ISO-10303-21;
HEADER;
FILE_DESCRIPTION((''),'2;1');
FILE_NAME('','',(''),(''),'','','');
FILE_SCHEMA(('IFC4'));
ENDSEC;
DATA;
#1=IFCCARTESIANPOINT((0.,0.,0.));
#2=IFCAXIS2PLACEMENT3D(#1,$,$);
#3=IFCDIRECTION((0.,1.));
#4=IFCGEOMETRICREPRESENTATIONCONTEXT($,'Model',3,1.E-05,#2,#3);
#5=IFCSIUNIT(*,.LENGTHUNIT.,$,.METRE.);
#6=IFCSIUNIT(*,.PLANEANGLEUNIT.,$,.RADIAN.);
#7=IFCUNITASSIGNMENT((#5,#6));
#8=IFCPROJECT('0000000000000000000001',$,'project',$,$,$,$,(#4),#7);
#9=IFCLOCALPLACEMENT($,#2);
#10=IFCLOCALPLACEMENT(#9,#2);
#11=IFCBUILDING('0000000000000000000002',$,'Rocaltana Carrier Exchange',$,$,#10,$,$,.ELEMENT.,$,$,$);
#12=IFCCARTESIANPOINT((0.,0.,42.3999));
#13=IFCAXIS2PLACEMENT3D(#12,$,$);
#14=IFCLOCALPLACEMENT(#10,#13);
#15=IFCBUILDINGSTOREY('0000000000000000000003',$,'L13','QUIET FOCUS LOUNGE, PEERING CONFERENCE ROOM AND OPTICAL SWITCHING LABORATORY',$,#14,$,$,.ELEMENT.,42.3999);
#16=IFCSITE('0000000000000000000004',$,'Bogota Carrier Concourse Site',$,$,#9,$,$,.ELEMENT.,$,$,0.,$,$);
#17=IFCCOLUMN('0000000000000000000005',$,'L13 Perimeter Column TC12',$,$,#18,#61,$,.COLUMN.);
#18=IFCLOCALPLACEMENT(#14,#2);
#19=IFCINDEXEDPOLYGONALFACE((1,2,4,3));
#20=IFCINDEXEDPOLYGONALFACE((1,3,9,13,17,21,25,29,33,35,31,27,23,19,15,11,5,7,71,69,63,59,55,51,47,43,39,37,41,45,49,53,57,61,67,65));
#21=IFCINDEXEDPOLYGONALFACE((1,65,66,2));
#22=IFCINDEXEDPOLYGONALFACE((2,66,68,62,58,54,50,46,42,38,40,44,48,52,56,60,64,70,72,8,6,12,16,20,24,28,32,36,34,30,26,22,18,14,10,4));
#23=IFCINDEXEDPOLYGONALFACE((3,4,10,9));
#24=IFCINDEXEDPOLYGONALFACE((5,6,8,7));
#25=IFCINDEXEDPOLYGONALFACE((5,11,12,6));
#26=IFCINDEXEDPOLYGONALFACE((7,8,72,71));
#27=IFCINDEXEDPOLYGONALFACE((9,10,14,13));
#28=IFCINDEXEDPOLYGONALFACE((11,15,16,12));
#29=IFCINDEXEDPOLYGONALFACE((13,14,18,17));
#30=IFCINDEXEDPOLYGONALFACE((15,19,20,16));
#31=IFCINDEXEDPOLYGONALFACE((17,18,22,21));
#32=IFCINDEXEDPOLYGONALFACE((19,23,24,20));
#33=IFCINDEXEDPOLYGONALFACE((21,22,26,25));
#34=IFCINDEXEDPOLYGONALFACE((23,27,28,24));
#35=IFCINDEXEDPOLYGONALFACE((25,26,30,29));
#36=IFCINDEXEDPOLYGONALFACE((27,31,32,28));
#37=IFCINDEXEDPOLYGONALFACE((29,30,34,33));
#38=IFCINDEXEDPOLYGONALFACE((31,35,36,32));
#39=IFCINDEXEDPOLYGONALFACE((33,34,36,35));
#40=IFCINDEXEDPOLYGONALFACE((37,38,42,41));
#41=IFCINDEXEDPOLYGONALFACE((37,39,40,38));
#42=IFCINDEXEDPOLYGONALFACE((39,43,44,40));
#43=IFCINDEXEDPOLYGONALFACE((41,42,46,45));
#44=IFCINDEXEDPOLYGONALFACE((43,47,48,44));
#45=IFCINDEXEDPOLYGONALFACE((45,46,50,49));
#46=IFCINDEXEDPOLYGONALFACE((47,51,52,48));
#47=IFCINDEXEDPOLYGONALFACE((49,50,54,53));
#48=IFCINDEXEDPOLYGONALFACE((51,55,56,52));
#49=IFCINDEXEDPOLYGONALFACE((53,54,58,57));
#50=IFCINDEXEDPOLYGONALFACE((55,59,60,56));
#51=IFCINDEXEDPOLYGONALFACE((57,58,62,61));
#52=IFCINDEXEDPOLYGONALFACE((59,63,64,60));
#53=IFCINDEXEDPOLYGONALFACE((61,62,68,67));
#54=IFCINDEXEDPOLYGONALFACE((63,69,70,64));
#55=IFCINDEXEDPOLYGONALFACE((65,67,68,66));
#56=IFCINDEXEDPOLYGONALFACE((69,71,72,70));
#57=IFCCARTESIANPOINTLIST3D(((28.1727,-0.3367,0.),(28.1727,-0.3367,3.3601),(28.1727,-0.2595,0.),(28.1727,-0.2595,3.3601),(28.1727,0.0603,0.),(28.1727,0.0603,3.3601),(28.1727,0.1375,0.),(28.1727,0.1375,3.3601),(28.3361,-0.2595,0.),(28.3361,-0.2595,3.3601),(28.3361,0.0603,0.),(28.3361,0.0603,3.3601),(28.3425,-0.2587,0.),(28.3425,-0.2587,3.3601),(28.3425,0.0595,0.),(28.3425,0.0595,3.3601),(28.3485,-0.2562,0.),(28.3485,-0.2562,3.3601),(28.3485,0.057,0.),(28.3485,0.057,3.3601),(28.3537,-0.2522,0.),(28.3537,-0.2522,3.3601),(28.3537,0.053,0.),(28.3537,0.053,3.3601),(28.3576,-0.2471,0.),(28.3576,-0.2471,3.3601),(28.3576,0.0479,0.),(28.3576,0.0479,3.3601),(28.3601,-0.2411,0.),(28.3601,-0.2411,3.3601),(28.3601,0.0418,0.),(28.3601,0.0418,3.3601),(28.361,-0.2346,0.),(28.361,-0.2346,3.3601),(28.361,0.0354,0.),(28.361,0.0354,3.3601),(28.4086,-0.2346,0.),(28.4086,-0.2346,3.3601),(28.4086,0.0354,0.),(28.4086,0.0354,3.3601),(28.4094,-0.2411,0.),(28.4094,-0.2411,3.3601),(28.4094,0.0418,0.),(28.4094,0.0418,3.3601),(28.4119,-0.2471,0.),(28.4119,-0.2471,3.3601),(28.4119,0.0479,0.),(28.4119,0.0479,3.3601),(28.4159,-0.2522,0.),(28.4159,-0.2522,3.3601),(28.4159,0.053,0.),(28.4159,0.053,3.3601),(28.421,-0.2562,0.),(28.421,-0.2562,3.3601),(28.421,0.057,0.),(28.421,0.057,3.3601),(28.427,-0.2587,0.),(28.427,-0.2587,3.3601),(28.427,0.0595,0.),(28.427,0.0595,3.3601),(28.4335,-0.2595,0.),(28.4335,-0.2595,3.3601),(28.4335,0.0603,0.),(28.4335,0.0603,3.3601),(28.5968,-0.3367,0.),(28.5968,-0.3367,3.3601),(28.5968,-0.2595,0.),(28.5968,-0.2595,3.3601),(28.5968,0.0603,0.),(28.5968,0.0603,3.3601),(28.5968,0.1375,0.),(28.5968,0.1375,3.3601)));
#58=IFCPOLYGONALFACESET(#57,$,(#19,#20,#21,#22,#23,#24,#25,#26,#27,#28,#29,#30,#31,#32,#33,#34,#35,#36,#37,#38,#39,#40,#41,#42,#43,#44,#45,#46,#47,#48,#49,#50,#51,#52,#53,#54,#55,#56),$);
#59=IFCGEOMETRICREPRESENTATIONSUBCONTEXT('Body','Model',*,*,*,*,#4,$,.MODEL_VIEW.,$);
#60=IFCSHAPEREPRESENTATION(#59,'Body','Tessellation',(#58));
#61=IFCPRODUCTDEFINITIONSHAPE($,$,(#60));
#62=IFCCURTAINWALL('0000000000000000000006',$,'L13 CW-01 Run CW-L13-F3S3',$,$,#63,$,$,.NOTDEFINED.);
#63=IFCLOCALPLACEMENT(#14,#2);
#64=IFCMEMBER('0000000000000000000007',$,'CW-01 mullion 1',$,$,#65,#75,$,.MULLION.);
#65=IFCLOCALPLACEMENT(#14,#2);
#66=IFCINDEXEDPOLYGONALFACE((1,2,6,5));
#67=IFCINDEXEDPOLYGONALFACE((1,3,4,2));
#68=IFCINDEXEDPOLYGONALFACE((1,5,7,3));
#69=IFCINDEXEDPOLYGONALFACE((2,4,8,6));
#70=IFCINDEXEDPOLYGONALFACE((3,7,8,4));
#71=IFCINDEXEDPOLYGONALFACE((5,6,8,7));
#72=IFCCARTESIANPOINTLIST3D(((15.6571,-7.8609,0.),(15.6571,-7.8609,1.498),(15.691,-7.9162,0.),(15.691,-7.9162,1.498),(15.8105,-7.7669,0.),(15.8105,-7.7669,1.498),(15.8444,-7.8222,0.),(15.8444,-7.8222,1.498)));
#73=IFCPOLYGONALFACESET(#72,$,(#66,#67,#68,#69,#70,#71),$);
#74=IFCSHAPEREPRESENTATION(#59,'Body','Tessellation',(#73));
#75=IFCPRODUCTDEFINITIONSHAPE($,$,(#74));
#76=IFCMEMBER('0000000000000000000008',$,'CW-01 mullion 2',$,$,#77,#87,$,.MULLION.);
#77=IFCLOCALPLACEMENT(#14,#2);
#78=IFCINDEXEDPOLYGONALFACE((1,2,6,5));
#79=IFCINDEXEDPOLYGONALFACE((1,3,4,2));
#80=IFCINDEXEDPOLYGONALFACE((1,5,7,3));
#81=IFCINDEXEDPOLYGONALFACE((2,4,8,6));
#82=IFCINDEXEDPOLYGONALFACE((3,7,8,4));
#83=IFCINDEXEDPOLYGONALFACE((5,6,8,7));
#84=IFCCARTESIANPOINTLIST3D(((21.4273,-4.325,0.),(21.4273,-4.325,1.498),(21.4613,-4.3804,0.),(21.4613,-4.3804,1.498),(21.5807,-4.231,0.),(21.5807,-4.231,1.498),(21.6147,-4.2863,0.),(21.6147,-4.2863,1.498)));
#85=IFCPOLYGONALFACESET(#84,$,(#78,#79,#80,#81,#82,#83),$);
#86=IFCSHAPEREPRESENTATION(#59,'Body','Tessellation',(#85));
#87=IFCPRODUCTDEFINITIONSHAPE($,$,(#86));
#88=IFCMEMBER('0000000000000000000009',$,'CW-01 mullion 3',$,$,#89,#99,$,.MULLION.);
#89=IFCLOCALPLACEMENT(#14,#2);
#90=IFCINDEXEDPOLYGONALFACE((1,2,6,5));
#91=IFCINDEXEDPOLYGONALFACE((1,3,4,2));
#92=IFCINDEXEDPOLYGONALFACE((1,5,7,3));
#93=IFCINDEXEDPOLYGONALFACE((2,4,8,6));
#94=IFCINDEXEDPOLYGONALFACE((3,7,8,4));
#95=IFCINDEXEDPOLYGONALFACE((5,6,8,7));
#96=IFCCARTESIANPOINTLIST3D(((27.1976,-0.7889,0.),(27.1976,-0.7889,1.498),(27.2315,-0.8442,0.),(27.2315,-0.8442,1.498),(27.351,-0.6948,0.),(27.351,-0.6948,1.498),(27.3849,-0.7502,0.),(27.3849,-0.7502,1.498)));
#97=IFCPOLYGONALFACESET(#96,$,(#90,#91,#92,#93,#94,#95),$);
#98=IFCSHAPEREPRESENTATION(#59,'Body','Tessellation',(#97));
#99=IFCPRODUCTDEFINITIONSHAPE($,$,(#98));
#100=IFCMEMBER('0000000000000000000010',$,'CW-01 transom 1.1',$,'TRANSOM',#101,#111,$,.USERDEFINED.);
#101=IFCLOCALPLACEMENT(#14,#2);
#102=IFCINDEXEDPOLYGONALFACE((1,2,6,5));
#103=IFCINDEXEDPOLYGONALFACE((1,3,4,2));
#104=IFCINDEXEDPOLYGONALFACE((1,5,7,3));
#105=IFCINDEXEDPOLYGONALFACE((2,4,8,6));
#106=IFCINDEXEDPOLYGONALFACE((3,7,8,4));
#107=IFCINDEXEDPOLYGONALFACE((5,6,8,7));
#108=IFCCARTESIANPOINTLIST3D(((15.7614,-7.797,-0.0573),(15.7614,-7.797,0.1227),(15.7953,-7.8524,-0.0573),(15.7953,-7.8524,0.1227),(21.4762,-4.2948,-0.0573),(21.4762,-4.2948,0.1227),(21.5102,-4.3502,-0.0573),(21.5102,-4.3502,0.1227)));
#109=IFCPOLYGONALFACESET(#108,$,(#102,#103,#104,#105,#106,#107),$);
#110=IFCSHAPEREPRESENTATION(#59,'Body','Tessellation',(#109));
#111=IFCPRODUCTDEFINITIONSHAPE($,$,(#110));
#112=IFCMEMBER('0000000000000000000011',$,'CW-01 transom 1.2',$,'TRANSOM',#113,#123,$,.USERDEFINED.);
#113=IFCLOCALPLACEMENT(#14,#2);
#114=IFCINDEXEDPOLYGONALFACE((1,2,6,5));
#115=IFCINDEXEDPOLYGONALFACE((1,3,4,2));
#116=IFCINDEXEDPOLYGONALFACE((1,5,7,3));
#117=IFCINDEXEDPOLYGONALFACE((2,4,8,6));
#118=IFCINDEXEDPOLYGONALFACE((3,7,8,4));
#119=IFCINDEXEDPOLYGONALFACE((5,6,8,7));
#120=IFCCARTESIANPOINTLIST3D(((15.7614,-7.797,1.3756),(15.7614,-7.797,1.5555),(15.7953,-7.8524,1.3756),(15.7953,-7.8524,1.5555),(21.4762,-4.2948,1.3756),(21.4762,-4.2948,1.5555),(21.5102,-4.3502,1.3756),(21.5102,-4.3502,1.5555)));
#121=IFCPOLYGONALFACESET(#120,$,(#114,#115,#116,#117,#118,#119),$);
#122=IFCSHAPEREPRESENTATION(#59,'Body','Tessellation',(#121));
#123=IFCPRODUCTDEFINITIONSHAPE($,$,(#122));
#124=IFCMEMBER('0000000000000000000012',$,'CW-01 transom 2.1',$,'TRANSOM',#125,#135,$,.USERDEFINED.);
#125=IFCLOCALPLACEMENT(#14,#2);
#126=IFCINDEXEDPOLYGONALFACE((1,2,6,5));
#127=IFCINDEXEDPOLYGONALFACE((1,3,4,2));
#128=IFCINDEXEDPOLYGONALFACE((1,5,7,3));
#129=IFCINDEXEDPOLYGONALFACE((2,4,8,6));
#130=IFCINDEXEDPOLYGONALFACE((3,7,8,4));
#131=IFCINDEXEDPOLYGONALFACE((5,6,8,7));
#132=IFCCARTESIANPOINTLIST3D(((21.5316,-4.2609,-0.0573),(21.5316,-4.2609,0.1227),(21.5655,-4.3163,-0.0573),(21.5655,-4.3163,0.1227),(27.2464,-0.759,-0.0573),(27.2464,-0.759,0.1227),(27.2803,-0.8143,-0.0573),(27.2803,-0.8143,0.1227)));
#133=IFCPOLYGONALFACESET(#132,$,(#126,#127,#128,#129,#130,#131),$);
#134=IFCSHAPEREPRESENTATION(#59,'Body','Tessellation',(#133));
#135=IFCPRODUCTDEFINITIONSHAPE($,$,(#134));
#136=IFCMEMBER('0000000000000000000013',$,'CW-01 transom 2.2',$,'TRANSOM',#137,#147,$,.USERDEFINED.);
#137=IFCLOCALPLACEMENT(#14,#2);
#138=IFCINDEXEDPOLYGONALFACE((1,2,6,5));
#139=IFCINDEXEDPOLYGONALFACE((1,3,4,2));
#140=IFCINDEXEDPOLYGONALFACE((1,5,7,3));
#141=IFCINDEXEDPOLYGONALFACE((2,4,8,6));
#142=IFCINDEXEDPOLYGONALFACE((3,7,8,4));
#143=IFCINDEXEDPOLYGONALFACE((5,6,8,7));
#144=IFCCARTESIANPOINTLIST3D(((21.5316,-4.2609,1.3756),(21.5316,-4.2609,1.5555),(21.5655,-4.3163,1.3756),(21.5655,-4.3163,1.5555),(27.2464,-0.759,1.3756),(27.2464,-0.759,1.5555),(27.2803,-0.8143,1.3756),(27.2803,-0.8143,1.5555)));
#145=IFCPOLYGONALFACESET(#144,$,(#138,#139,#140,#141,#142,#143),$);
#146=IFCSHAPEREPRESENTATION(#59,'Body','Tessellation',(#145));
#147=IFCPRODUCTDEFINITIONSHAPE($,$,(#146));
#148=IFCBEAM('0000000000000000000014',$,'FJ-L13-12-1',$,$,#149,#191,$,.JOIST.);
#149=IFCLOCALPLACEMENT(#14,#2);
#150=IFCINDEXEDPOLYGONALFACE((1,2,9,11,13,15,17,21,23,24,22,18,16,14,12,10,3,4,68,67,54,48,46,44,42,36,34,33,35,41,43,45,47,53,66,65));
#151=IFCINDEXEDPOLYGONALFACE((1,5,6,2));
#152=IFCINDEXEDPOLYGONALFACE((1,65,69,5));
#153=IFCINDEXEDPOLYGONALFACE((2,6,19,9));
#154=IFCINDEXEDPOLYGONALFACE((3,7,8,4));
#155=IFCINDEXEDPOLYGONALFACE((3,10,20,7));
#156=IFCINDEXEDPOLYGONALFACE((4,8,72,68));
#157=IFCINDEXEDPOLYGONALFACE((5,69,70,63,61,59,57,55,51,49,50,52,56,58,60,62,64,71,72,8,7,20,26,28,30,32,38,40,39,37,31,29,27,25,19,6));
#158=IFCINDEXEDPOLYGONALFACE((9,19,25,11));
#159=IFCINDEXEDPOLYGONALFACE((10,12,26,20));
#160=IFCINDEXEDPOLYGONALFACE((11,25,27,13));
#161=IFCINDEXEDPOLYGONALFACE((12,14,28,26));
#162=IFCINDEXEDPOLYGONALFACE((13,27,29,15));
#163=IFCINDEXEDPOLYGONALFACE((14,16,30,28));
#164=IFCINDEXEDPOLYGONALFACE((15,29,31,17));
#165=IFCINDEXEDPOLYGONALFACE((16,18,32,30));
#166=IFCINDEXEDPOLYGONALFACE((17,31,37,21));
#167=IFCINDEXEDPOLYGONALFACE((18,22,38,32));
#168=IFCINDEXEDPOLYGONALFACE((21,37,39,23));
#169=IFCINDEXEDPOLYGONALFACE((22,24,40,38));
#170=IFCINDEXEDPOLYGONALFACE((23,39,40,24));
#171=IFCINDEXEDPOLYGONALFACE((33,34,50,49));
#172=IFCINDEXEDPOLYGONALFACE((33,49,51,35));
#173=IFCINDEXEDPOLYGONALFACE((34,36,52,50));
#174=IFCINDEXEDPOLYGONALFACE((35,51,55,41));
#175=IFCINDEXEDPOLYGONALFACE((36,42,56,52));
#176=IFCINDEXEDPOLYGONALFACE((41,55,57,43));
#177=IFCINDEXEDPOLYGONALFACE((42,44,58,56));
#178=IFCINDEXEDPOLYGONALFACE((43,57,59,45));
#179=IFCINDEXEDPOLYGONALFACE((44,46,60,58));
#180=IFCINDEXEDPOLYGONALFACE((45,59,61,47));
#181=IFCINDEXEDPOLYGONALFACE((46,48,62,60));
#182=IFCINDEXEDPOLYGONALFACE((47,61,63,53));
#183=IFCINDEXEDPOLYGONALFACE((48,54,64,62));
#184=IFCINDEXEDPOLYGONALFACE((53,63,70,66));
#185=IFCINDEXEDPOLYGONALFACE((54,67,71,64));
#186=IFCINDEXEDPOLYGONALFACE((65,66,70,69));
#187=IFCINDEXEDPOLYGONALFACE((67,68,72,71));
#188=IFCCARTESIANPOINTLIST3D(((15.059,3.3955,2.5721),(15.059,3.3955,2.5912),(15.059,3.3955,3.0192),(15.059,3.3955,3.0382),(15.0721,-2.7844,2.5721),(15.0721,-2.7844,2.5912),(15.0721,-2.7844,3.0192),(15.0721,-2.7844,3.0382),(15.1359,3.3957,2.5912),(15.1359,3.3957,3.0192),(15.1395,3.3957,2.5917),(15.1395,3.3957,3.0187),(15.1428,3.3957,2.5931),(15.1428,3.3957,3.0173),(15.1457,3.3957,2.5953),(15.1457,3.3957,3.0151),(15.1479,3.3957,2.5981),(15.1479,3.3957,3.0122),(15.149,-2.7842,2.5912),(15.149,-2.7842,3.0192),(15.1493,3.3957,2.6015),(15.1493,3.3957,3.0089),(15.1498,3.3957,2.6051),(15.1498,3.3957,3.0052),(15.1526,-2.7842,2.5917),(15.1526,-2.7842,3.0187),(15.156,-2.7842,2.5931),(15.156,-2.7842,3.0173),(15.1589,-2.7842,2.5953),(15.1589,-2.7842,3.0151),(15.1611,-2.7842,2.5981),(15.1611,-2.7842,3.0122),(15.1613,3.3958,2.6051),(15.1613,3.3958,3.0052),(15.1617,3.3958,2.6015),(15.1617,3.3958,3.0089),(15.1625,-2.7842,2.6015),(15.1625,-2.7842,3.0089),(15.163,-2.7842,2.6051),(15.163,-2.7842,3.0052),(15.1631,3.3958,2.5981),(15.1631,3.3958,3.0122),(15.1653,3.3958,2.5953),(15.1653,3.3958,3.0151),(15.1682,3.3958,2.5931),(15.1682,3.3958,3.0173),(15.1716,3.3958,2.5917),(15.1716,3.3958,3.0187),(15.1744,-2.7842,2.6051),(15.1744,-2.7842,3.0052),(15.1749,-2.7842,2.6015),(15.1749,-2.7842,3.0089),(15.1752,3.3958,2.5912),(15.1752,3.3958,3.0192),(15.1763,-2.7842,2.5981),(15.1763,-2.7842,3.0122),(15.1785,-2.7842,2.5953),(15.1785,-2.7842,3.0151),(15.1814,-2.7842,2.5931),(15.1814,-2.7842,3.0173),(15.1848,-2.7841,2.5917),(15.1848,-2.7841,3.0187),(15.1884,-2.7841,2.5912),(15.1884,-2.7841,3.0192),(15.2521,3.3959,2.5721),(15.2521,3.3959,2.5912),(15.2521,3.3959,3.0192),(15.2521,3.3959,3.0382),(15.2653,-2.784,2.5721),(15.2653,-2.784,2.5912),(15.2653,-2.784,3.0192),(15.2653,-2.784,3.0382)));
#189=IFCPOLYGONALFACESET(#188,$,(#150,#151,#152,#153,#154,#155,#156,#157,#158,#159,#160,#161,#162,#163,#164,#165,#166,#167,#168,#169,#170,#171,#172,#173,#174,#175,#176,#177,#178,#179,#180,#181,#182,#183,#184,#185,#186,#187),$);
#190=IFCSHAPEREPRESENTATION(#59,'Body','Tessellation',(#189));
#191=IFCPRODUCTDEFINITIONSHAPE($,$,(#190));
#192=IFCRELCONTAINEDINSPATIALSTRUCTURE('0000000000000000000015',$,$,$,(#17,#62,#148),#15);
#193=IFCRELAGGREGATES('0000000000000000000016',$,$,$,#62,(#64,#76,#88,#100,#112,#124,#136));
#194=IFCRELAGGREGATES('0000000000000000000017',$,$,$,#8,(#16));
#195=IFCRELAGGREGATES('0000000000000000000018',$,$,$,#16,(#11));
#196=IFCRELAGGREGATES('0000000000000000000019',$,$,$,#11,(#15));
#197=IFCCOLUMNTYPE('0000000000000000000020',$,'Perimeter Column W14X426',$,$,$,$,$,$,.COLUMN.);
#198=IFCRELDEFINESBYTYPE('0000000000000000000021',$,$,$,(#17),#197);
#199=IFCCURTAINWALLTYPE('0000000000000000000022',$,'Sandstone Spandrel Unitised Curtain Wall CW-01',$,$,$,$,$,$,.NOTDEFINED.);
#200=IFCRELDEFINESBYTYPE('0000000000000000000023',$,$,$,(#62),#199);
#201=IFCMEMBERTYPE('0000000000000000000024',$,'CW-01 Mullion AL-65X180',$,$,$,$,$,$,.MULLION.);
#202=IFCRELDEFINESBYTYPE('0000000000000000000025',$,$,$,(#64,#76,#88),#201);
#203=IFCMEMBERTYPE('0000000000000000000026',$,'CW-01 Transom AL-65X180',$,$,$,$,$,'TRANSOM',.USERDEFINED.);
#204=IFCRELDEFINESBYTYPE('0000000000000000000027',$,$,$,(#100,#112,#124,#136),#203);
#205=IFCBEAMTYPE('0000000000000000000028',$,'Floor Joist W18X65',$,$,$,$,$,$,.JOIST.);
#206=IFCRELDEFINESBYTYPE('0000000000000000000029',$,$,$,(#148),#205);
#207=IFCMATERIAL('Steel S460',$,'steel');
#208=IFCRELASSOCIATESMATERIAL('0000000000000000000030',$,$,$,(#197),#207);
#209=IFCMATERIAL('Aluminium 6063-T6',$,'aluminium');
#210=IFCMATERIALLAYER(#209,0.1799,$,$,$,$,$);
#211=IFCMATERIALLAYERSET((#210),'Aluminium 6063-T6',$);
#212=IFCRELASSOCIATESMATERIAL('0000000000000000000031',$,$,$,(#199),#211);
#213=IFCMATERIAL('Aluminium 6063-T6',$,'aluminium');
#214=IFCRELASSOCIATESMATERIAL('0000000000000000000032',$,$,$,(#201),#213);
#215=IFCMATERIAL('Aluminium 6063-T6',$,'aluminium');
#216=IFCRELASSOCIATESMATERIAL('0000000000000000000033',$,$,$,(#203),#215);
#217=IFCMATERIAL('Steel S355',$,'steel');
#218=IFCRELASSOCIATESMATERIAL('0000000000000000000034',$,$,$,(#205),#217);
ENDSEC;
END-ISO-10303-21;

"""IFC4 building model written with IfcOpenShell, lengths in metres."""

from ifc_helpers import new_model, si_unit, direction, frame, origin, origin_2d, place, context, subcontext, project, spatial, rectangle, i_section, extrude, material, layer, layer_set, material_profile, profile_set, type_object, element, aggregate, save


model = new_model("IFC4")

# Units and contexts
model_context = context("Model", 3, precision=1e-05, world=origin(), true_north=direction((0.0, 1.0)))
body_context = subcontext(model_context, "Body", "Model", "MODEL_VIEW")
ifc_project = project(units=[si_unit("LENGTHUNIT", "METRE"), si_unit("PLANEANGLEUNIT", "RADIAN")], contexts=[model_context])

# Site, building, storey
site_placement = place(None, origin())
site = spatial("IfcSite", under=ifc_project, at=site_placement, Name="Bogota Carrier Concourse Site", CompositionType="ELEMENT", RefElevation=0.0)
building_placement = place(site_placement, origin())
building = spatial("IfcBuilding", under=site, at=building_placement, Name="Rocaltana Carrier Exchange", CompositionType="ELEMENT")
storey_placement = place(building_placement, frame((0.0, 0.0, 42.3999)))
storey = spatial("IfcBuildingStorey", under=building, at=storey_placement, Name="L13", Description="QUIET FOCUS LOUNGE, PEERING CONFERENCE ROOM AND OPTICAL SWITCHING LABORATORY", CompositionType="ELEMENT", Elevation=42.3999)

# Column
ifc_material_1 = material(Name="Steel S460", Category="steel")
ifc_material_profile_1 = material_profile(ifc_material_1, i_section(OverallWidth=0.4241, OverallDepth=0.4741, WebThickness=0.0476, FlangeThickness=0.0771, FilletRadius=0.0249, at=origin_2d()), Name="W14X426")
ifc_profile_set_1 = profile_set([ifc_material_profile_1], Name="Steel S460")
column_type = type_object("IfcColumnType", Name="Perimeter Column W14X426", PredefinedType="COLUMN", material=ifc_profile_set_1)
column_placement = place(storey_placement, frame((28.3848, -0.0996, 0.0), z_axis=(0.0, 0.0, 1.0), x_axis=(1.0, 0.0, 0.0)))
element("IfcColumn", 1, at=column_placement, inside=storey, type_object=column_type, Name="L13 Perimeter Column TC12", PredefinedType="COLUMN", context=body_context, shape_type="SweptSolid", body=[
    extrude(i_section(OverallWidth=0.4241, OverallDepth=0.4741, WebThickness=0.0476, FlangeThickness=0.0771, FilletRadius=0.0249, at=origin_2d()), origin(), (0.0, 0.0, 1.0), 3.3601),
])

# Curtain wall, members
ifc_material_2 = material(Name="Aluminium 6063-T6", Category="aluminium")
ifc_layer_1 = layer(ifc_material_2, 0.1799)
ifc_layer_set_1 = layer_set([ifc_layer_1], Name="Aluminium 6063-T6")
curtain_wall_type = type_object("IfcCurtainWallType", Name="Sandstone Spandrel Unitised Curtain Wall CW-01", PredefinedType="NOTDEFINED", material=ifc_layer_set_1)
curtain_wall_placement = place(storey_placement, origin())
curtain_wall = element("IfcCurtainWall", 2, at=curtain_wall_placement, inside=storey, type_object=curtain_wall_type, Name="L13 CW-01 Run CW-L13-F3S3", PredefinedType="NOTDEFINED")
ifc_material_3 = material(Name="Aluminium 6063-T6", Category="aluminium")
ifc_material_profile_2 = material_profile(ifc_material_3, rectangle(XDim=0.0649, YDim=0.1799, at=origin_2d()), Name="AL-65X180")
ifc_profile_set_2 = profile_set([ifc_material_profile_2], Name="Aluminium 6063-T6")
member_type_1 = type_object("IfcMemberType", Name="CW-01 Mullion AL-65X180", PredefinedType="MULLION", material=ifc_profile_set_2)
member_1_placement = place(storey_placement, frame((15.7507, -7.8416, 0.0), z_axis=(0.0, 0.0, 1.0), x_axis=(-0.5225, 0.852639, 0.0)))
member_1 = element("IfcMember", 3, at=member_1_placement, type_object=member_type_1, Name="CW-01 mullion 1", PredefinedType="MULLION", context=body_context, shape_type="SweptSolid", body=[
    extrude(rectangle(XDim=0.0649, YDim=0.1799, at=origin_2d()), origin(), (0.0, 0.0, 1.0), 1.498),
])
member_2_placement = place(storey_placement, frame((21.521, -4.3057, 0.0), z_axis=(0.0, 0.0, 1.0), x_axis=(-0.5225, 0.852639, 0.0)))
member_2 = element("IfcMember", 4, at=member_2_placement, type_object=member_type_1, Name="CW-01 mullion 2", PredefinedType="MULLION", context=body_context, shape_type="SweptSolid", body=[
    extrude(rectangle(XDim=0.0649, YDim=0.1799, at=origin_2d()), origin(), (0.0, 0.0, 1.0), 1.498),
])
member_3_placement = place(storey_placement, frame((27.2913, -0.7695, 0.0), z_axis=(0.0, 0.0, 1.0), x_axis=(-0.5225, 0.852639, 0.0)))
member_3 = element("IfcMember", 5, at=member_3_placement, type_object=member_type_1, Name="CW-01 mullion 3", PredefinedType="MULLION", context=body_context, shape_type="SweptSolid", body=[
    extrude(rectangle(XDim=0.0649, YDim=0.1799, at=origin_2d()), origin(), (0.0, 0.0, 1.0), 1.498),
])
ifc_material_4 = material(Name="Aluminium 6063-T6", Category="aluminium")
ifc_material_profile_3 = material_profile(ifc_material_4, rectangle(XDim=0.0649, YDim=0.1799, at=origin_2d()), Name="AL-65X180")
ifc_profile_set_3 = profile_set([ifc_material_profile_3], Name="Aluminium 6063-T6")
member_type_2 = type_object("IfcMemberType", Name="CW-01 Transom AL-65X180", ElementType="TRANSOM", PredefinedType="USERDEFINED", material=ifc_profile_set_3)
member_4_placement = place(storey_placement, frame((15.7783, -7.8247, 0.0327), z_axis=(0.852631, 0.522513, 0.0), x_axis=(-0.522513, 0.852631, 0.0)))
member_4 = element("IfcMember", 6, at=member_4_placement, type_object=member_type_2, Name="CW-01 transom 1.1", ObjectType="TRANSOM", PredefinedType="USERDEFINED", context=body_context, shape_type="SweptSolid", body=[
    extrude(rectangle(XDim=0.0649, YDim=0.1799, at=origin_2d()), origin(), (0.0, 0.0, 1.0), 6.7026),
])
member_5_placement = place(storey_placement, frame((15.7783, -7.8247, 1.4656), z_axis=(0.852631, 0.522513, 0.0), x_axis=(-0.522513, 0.852631, 0.0)))
member_5 = element("IfcMember", 7, at=member_5_placement, type_object=member_type_2, Name="CW-01 transom 1.2", ObjectType="TRANSOM", PredefinedType="USERDEFINED", context=body_context, shape_type="SweptSolid", body=[
    extrude(rectangle(XDim=0.0649, YDim=0.1799, at=origin_2d()), origin(), (0.0, 0.0, 1.0), 6.7026),
])
member_6_placement = place(storey_placement, frame((21.5486, -4.2886, 0.0327), z_axis=(0.852647, 0.522487, 0.0), x_axis=(-0.522487, 0.852647, 0.0)))
member_6 = element("IfcMember", 8, at=member_6_placement, type_object=member_type_2, Name="CW-01 transom 2.1", ObjectType="TRANSOM", PredefinedType="USERDEFINED", context=body_context, shape_type="SweptSolid", body=[
    extrude(rectangle(XDim=0.0649, YDim=0.1799, at=origin_2d()), origin(), (0.0, 0.0, 1.0), 6.7024),
])
member_7_placement = place(storey_placement, frame((21.5486, -4.2886, 1.4656), z_axis=(0.852647, 0.522487, 0.0), x_axis=(-0.522487, 0.852647, 0.0)))
member_7 = element("IfcMember", 9, at=member_7_placement, type_object=member_type_2, Name="CW-01 transom 2.2", ObjectType="TRANSOM", PredefinedType="USERDEFINED", context=body_context, shape_type="SweptSolid", body=[
    extrude(rectangle(XDim=0.0649, YDim=0.1799, at=origin_2d()), origin(), (0.0, 0.0, 1.0), 6.7024),
])

# Beam
ifc_material_5 = material(Name="Steel S355", Category="steel")
ifc_material_profile_4 = material_profile(ifc_material_5, i_section(OverallWidth=0.1931, OverallDepth=0.4661, WebThickness=0.0115, FlangeThickness=0.019, FilletRadius=0.0139, at=origin_2d()), Name="W18X65")
ifc_profile_set_4 = profile_set([ifc_material_profile_4], Name="Steel S355")
beam_type_1 = type_object("IfcBeamType", Name="Floor Joist W18X65", PredefinedType="JOIST", material=ifc_profile_set_4)
beam_1_placement = place(storey_placement, frame((15.1687, -2.7842, 2.8052), z_axis=(-0.002133, 0.999998, 0.0), x_axis=(-0.999998, -0.002133, 0.0)))
element("IfcBeam", 10, at=beam_1_placement, inside=storey, type_object=beam_type_1, Name="FJ-L13-12-1", PredefinedType="JOIST", context=body_context, shape_type="SweptSolid", body=[
    extrude(i_section(OverallWidth=0.1931, OverallDepth=0.4661, WebThickness=0.0115, FlangeThickness=0.019, FilletRadius=0.0139, at=origin_2d()), origin(), (0.0, 0.0, 1.0), 6.1799),
])

aggregate(curtain_wall, [member_1, member_2, member_3, member_4, member_5, member_6, member_7])

save(model, "model.ifc")
